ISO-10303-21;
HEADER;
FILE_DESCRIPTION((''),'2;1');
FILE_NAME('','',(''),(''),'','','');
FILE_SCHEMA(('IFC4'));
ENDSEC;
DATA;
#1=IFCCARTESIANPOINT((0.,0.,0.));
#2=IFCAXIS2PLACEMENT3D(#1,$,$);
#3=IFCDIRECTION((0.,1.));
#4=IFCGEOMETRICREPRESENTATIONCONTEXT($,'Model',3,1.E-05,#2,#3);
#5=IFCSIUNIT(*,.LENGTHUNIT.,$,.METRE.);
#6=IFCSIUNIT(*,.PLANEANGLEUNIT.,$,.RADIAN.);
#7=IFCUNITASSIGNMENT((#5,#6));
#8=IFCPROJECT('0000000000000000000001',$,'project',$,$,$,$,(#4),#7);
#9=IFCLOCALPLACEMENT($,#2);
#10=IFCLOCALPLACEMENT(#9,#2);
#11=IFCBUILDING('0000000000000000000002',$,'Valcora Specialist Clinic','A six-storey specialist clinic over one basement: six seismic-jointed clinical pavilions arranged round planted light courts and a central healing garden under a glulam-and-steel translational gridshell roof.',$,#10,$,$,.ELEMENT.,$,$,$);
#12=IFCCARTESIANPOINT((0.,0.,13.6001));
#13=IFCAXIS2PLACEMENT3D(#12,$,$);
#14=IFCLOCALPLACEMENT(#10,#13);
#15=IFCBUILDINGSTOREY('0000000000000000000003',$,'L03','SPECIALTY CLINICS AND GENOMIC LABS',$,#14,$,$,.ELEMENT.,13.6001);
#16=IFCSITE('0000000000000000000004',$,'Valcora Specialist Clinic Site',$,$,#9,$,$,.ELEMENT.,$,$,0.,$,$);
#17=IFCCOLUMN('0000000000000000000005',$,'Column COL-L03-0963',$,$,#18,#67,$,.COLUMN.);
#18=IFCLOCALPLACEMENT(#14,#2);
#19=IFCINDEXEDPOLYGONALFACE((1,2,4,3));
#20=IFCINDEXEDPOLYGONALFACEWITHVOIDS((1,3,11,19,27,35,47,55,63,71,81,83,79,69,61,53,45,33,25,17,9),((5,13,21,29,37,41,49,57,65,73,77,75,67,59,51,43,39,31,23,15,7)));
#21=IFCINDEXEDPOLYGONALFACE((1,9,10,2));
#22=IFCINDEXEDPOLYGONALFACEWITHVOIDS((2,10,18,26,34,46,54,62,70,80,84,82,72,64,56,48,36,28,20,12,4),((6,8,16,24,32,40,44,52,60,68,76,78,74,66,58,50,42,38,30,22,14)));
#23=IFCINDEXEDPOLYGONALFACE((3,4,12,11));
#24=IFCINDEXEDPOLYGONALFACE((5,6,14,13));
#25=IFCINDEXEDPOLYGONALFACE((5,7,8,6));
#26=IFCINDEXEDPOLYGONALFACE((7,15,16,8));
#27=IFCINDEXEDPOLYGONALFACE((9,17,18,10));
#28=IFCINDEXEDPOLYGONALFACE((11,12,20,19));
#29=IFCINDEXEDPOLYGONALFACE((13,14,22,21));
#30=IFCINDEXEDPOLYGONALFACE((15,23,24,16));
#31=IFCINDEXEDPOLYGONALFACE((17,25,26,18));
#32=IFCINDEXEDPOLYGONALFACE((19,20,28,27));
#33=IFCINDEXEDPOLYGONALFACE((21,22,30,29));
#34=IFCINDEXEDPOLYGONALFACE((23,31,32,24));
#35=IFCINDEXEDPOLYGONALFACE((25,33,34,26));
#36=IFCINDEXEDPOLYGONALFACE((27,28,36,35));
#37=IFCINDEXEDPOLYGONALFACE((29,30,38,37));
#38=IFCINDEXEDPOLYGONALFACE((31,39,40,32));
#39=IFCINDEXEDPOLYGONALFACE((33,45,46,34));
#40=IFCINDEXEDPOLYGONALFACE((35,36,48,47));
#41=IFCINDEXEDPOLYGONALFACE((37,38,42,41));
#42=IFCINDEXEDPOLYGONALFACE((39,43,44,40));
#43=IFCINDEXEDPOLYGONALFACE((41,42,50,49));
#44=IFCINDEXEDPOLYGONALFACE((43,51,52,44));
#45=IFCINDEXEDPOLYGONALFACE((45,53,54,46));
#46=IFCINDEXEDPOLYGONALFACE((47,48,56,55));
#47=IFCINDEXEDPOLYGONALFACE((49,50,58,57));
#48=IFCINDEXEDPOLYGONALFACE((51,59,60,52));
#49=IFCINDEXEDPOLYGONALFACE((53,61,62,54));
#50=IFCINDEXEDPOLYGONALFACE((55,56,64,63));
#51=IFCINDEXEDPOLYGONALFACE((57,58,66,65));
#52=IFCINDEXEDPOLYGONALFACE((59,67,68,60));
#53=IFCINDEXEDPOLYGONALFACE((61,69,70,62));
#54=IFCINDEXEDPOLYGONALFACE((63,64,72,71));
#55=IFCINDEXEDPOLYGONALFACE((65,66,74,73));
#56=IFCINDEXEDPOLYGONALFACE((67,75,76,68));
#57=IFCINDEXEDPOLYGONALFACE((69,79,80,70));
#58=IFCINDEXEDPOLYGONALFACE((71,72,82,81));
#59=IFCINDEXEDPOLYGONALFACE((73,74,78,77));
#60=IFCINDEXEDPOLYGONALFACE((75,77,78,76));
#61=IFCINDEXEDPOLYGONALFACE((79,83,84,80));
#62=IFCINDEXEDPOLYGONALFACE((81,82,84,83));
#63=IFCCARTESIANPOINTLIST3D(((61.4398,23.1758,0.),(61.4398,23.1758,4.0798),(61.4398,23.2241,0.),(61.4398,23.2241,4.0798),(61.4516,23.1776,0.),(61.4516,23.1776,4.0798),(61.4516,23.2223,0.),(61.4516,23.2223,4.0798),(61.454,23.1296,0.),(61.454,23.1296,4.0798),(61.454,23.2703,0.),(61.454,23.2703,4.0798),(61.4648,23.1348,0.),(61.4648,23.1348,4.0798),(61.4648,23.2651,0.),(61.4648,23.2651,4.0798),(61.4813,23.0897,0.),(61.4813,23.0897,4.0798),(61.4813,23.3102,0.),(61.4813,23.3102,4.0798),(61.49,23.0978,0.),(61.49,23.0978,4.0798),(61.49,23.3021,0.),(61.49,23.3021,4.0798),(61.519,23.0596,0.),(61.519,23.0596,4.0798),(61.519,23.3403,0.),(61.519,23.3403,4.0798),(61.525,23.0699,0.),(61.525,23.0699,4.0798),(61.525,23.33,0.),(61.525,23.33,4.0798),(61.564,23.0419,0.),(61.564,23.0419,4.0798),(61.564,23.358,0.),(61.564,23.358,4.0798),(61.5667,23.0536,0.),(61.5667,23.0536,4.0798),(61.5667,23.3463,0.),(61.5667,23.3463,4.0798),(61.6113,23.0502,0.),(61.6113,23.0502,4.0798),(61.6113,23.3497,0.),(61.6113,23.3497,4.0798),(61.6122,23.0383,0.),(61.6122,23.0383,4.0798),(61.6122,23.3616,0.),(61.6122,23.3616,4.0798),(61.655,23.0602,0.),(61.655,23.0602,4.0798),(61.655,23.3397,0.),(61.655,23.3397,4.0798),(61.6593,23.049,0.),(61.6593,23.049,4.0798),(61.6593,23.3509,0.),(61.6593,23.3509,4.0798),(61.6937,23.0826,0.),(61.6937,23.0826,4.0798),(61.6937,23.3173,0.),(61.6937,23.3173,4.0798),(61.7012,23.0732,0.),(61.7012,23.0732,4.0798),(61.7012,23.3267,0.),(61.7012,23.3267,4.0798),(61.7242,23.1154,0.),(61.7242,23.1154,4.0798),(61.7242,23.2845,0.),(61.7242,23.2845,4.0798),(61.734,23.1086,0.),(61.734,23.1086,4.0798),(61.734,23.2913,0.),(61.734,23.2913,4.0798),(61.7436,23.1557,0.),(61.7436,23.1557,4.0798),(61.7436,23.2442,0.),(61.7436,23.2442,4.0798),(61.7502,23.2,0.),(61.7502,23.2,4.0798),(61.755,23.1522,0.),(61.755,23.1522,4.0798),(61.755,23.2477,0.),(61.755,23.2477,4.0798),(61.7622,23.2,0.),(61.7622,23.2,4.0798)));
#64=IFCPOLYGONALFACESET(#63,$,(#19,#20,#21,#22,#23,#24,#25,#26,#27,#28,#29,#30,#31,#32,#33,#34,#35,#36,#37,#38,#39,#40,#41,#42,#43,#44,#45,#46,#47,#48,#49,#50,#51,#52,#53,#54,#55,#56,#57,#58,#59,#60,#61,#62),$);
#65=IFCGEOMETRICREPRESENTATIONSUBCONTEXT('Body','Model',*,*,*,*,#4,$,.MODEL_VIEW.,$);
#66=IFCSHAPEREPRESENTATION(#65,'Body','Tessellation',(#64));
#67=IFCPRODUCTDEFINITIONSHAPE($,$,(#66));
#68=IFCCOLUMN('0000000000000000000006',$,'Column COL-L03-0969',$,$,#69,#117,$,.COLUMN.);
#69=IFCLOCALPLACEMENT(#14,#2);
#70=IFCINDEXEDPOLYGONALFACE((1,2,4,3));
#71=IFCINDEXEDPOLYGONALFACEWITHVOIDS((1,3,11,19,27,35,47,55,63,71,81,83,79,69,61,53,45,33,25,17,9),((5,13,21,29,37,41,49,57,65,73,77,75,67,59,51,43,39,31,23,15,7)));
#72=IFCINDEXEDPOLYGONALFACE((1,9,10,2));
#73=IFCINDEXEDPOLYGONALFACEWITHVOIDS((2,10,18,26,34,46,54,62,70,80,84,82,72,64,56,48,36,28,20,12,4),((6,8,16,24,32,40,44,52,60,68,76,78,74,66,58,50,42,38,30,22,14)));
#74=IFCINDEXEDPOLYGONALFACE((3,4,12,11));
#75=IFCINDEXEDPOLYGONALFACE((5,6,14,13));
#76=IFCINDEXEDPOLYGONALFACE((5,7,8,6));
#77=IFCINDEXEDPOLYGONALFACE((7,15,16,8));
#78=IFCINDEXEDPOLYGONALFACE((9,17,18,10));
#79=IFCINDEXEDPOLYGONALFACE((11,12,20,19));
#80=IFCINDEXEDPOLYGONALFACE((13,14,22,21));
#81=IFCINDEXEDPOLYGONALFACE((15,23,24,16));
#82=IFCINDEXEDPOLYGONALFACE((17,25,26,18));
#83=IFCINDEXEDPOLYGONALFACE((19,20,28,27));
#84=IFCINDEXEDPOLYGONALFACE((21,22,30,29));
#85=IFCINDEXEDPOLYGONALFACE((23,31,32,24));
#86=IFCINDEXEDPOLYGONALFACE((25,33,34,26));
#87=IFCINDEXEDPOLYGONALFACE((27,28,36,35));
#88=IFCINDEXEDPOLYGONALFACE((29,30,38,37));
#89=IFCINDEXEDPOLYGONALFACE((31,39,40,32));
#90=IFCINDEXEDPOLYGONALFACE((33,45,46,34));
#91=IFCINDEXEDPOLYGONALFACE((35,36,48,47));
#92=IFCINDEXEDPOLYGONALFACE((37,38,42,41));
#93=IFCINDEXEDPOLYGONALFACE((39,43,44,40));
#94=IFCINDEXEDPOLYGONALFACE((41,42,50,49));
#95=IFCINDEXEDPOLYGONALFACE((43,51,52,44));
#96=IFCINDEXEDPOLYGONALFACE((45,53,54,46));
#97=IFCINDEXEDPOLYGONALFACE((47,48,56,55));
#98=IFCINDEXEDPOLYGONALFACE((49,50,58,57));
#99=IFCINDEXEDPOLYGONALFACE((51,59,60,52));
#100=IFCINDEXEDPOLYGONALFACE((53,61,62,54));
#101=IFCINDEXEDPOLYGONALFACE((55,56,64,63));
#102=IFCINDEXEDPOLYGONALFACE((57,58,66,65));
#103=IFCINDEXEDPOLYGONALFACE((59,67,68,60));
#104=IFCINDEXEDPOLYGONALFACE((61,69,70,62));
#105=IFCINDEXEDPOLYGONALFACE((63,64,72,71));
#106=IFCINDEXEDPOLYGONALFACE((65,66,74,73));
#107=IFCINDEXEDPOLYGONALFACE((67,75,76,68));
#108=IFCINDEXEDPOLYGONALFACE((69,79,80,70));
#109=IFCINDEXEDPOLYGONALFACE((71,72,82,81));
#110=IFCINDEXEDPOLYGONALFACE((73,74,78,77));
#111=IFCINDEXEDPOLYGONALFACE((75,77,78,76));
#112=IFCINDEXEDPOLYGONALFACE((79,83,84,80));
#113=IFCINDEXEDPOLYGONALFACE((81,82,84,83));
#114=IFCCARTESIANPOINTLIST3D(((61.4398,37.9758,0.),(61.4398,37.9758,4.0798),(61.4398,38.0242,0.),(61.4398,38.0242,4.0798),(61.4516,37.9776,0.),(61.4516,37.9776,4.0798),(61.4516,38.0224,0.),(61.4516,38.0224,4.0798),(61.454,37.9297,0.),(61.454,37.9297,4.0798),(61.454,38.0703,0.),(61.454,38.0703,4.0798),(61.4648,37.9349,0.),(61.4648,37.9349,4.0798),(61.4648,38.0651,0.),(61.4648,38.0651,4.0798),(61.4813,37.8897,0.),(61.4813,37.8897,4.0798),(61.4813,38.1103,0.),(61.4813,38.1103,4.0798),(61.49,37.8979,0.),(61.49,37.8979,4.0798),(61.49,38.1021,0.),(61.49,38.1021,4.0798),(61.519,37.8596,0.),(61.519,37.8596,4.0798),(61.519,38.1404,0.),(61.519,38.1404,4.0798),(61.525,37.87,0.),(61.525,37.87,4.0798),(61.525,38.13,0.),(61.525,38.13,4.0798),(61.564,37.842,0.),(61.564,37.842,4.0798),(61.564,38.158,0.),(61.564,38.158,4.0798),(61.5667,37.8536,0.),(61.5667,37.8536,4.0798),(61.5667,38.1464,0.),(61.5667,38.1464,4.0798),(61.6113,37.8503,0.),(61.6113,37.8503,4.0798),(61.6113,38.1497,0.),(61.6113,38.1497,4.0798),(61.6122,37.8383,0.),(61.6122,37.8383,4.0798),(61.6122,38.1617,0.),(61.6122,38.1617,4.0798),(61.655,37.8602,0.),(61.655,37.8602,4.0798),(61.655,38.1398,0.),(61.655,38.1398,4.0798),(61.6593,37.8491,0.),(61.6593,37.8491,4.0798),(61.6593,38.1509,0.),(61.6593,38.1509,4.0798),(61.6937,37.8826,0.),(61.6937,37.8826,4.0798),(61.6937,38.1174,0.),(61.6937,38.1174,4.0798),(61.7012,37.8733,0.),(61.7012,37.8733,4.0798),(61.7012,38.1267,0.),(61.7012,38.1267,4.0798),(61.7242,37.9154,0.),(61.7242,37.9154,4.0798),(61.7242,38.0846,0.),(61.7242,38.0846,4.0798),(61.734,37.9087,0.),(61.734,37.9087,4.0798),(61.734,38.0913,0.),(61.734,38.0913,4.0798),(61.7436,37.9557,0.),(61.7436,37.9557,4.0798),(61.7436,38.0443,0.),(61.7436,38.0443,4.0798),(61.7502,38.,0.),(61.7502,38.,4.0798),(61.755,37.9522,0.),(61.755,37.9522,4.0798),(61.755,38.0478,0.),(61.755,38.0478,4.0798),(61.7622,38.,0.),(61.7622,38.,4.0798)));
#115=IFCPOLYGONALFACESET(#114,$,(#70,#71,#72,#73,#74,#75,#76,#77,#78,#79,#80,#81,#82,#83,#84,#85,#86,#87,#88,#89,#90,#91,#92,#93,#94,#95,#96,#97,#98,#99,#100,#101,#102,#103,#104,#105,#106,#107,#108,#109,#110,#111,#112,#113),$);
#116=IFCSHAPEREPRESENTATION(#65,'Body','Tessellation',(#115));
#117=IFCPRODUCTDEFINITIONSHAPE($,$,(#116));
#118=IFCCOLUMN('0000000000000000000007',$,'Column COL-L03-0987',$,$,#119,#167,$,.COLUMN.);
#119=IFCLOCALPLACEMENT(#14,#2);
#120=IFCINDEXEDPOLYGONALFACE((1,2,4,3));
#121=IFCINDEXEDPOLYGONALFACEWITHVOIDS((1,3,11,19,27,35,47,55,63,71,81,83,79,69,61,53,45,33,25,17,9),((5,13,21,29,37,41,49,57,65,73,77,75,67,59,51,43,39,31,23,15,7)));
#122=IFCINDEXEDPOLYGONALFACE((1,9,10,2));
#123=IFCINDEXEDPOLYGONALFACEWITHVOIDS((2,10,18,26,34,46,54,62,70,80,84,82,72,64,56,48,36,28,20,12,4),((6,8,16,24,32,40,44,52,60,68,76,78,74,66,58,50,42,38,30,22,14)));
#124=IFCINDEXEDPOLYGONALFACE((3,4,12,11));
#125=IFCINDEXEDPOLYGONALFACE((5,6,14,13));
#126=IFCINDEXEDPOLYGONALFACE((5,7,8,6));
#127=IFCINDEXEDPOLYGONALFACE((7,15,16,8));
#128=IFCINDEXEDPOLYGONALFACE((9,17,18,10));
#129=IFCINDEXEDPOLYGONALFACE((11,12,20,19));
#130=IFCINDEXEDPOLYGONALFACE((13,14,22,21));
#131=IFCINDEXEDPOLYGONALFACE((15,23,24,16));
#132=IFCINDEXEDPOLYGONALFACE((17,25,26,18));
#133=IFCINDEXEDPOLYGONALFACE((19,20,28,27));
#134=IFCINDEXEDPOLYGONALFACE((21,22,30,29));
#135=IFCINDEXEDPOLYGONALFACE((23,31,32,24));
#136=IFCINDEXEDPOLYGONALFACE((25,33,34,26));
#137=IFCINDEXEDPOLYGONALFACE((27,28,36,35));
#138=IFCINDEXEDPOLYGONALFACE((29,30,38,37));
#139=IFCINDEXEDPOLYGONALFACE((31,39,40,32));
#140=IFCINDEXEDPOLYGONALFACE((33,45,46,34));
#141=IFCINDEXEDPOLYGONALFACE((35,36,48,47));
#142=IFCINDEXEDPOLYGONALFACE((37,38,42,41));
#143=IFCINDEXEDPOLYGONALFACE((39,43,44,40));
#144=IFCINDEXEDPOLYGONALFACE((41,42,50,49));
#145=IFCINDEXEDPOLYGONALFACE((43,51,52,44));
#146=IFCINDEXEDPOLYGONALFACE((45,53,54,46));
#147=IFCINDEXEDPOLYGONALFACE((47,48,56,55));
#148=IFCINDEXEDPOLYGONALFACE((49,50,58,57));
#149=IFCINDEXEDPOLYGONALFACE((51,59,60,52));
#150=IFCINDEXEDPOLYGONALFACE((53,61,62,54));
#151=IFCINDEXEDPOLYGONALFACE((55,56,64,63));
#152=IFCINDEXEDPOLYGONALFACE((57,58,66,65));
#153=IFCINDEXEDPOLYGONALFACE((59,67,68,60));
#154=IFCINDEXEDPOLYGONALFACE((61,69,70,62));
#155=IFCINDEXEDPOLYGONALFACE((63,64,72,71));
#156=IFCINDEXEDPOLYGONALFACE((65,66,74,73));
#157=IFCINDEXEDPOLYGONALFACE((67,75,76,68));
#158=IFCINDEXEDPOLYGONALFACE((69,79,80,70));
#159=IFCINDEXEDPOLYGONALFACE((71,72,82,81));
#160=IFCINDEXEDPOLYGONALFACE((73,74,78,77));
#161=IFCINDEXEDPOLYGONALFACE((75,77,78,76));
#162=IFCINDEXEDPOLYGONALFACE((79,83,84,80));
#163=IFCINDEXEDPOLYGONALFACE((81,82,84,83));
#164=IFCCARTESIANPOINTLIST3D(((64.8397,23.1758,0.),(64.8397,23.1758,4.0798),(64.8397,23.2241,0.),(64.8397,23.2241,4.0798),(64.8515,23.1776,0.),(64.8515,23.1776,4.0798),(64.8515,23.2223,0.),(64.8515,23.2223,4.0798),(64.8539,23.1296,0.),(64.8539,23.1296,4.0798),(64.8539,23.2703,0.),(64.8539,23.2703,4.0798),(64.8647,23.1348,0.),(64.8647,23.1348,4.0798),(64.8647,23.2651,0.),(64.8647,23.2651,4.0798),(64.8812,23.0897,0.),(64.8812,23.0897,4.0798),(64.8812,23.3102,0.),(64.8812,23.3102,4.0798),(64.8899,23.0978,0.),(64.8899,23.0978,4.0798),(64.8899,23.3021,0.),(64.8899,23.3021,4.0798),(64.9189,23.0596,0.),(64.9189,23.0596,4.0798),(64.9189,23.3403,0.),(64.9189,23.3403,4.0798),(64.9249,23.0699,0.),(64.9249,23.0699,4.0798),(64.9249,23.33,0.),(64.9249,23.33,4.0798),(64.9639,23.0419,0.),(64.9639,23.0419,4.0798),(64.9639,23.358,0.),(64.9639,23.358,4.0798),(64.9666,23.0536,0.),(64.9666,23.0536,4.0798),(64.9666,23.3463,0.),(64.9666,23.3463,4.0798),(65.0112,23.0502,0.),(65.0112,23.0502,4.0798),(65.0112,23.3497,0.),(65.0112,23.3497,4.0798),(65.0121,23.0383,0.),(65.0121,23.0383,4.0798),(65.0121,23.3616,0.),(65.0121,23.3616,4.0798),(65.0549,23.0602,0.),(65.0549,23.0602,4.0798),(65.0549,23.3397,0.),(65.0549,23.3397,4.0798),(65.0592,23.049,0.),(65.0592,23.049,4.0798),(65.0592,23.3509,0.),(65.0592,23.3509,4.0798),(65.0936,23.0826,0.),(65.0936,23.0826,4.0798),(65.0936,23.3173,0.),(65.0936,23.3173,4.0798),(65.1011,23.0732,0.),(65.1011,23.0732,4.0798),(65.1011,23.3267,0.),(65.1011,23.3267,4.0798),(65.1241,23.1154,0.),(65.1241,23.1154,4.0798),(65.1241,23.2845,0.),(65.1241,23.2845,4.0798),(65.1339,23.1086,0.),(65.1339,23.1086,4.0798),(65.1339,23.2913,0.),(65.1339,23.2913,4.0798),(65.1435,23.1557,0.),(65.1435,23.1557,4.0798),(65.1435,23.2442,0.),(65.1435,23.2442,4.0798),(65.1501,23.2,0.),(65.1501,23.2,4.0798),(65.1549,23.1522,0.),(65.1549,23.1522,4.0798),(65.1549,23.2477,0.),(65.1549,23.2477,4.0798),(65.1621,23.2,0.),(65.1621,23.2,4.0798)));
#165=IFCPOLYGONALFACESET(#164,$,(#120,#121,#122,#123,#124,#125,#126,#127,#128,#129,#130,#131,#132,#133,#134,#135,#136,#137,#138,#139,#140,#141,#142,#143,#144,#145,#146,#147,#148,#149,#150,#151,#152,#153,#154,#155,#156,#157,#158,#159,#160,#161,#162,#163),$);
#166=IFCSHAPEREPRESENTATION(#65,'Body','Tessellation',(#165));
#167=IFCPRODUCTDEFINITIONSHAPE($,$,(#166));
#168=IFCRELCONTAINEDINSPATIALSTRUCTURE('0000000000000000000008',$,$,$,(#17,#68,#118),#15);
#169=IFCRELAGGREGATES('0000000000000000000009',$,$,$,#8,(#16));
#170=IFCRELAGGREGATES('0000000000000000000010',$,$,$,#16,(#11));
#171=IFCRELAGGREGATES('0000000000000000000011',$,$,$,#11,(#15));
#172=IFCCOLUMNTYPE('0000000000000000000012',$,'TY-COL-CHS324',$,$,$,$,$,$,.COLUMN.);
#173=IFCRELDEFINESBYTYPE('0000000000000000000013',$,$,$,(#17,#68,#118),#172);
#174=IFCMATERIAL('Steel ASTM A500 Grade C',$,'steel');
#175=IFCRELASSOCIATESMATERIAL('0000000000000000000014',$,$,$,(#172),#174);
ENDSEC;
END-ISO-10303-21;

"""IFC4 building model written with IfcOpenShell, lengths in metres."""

from ifc_helpers import new_model, si_unit, direction, frame, origin, origin_2d, place, context, subcontext, project, spatial, hollow_circle, extrude, material, material_profile, profile_set, type_object, element, save


model = new_model("IFC4")

# Units and contexts
model_context = context("Model", 3, precision=1e-05, world=origin(), true_north=direction((0.0, 1.0)))
body_context = subcontext(model_context, "Body", "Model", "MODEL_VIEW")
ifc_project = project(units=[si_unit("LENGTHUNIT", "METRE"), si_unit("PLANEANGLEUNIT", "RADIAN")], contexts=[model_context])

# Site, building, storey
site_placement = place(None, origin())
site = spatial("IfcSite", under=ifc_project, at=site_placement, Name="Valcora Specialist Clinic Site", CompositionType="ELEMENT", RefElevation=0.0)
building_placement = place(site_placement, origin())
building = spatial("IfcBuilding", under=site, at=building_placement, Name="Valcora Specialist Clinic", Description="A six-storey specialist clinic over one basement: six seismic-jointed clinical pavilions arranged round planted light courts and a central healing garden under a glulam-and-steel translational gridshell roof.", CompositionType="ELEMENT")
storey_placement = place(building_placement, frame((0.0, 0.0, 13.6001)))
storey = spatial("IfcBuildingStorey", under=building, at=storey_placement, Name="L03", Description="SPECIALTY CLINICS AND GENOMIC LABS", CompositionType="ELEMENT", Elevation=13.6001)

# Columns
ifc_material_1 = material(Name="Steel ASTM A500 Grade C", Category="steel")
ifc_material_profile_1 = material_profile(ifc_material_1, hollow_circle(Radius=0.1621, WallThickness=0.012, at=origin_2d()), Name="ST-CHS-324X12")
ifc_profile_set_1 = profile_set([ifc_material_profile_1], Name="Steel ASTM A500 Grade C")
column_type = type_object("IfcColumnType", Name="TY-COL-CHS324", PredefinedType="COLUMN", material=ifc_profile_set_1)
for number, where, z_axis, x_axis, name in (
    (1, (61.6001, 23.2, 0.0), (0.0, 0.0, 1.0), (1.0, 0.0, 0.0), "Column COL-L03-0963"),
    (2, (61.6001, 38.0, 0.0), (0.0, 0.0, 1.0), (1.0, 0.0, 0.0), "Column COL-L03-0969"),
    (3, (65.0, 23.2, 0.0), (0.0, 0.0, 1.0), (1.0, 0.0, 0.0), "Column COL-L03-0987"),
):
    element("IfcColumn", number, at=place(storey_placement, frame(where, z_axis=z_axis, x_axis=x_axis)), inside=storey, type_object=column_type, Name=name, PredefinedType="COLUMN", context=body_context, shape_type="SweptSolid", body=[
        extrude(hollow_circle(Radius=0.1621, WallThickness=0.012, at=origin_2d()), origin(), (0.0, 0.0, 1.0), 4.0798),
    ])

save(model, "model.ifc")
